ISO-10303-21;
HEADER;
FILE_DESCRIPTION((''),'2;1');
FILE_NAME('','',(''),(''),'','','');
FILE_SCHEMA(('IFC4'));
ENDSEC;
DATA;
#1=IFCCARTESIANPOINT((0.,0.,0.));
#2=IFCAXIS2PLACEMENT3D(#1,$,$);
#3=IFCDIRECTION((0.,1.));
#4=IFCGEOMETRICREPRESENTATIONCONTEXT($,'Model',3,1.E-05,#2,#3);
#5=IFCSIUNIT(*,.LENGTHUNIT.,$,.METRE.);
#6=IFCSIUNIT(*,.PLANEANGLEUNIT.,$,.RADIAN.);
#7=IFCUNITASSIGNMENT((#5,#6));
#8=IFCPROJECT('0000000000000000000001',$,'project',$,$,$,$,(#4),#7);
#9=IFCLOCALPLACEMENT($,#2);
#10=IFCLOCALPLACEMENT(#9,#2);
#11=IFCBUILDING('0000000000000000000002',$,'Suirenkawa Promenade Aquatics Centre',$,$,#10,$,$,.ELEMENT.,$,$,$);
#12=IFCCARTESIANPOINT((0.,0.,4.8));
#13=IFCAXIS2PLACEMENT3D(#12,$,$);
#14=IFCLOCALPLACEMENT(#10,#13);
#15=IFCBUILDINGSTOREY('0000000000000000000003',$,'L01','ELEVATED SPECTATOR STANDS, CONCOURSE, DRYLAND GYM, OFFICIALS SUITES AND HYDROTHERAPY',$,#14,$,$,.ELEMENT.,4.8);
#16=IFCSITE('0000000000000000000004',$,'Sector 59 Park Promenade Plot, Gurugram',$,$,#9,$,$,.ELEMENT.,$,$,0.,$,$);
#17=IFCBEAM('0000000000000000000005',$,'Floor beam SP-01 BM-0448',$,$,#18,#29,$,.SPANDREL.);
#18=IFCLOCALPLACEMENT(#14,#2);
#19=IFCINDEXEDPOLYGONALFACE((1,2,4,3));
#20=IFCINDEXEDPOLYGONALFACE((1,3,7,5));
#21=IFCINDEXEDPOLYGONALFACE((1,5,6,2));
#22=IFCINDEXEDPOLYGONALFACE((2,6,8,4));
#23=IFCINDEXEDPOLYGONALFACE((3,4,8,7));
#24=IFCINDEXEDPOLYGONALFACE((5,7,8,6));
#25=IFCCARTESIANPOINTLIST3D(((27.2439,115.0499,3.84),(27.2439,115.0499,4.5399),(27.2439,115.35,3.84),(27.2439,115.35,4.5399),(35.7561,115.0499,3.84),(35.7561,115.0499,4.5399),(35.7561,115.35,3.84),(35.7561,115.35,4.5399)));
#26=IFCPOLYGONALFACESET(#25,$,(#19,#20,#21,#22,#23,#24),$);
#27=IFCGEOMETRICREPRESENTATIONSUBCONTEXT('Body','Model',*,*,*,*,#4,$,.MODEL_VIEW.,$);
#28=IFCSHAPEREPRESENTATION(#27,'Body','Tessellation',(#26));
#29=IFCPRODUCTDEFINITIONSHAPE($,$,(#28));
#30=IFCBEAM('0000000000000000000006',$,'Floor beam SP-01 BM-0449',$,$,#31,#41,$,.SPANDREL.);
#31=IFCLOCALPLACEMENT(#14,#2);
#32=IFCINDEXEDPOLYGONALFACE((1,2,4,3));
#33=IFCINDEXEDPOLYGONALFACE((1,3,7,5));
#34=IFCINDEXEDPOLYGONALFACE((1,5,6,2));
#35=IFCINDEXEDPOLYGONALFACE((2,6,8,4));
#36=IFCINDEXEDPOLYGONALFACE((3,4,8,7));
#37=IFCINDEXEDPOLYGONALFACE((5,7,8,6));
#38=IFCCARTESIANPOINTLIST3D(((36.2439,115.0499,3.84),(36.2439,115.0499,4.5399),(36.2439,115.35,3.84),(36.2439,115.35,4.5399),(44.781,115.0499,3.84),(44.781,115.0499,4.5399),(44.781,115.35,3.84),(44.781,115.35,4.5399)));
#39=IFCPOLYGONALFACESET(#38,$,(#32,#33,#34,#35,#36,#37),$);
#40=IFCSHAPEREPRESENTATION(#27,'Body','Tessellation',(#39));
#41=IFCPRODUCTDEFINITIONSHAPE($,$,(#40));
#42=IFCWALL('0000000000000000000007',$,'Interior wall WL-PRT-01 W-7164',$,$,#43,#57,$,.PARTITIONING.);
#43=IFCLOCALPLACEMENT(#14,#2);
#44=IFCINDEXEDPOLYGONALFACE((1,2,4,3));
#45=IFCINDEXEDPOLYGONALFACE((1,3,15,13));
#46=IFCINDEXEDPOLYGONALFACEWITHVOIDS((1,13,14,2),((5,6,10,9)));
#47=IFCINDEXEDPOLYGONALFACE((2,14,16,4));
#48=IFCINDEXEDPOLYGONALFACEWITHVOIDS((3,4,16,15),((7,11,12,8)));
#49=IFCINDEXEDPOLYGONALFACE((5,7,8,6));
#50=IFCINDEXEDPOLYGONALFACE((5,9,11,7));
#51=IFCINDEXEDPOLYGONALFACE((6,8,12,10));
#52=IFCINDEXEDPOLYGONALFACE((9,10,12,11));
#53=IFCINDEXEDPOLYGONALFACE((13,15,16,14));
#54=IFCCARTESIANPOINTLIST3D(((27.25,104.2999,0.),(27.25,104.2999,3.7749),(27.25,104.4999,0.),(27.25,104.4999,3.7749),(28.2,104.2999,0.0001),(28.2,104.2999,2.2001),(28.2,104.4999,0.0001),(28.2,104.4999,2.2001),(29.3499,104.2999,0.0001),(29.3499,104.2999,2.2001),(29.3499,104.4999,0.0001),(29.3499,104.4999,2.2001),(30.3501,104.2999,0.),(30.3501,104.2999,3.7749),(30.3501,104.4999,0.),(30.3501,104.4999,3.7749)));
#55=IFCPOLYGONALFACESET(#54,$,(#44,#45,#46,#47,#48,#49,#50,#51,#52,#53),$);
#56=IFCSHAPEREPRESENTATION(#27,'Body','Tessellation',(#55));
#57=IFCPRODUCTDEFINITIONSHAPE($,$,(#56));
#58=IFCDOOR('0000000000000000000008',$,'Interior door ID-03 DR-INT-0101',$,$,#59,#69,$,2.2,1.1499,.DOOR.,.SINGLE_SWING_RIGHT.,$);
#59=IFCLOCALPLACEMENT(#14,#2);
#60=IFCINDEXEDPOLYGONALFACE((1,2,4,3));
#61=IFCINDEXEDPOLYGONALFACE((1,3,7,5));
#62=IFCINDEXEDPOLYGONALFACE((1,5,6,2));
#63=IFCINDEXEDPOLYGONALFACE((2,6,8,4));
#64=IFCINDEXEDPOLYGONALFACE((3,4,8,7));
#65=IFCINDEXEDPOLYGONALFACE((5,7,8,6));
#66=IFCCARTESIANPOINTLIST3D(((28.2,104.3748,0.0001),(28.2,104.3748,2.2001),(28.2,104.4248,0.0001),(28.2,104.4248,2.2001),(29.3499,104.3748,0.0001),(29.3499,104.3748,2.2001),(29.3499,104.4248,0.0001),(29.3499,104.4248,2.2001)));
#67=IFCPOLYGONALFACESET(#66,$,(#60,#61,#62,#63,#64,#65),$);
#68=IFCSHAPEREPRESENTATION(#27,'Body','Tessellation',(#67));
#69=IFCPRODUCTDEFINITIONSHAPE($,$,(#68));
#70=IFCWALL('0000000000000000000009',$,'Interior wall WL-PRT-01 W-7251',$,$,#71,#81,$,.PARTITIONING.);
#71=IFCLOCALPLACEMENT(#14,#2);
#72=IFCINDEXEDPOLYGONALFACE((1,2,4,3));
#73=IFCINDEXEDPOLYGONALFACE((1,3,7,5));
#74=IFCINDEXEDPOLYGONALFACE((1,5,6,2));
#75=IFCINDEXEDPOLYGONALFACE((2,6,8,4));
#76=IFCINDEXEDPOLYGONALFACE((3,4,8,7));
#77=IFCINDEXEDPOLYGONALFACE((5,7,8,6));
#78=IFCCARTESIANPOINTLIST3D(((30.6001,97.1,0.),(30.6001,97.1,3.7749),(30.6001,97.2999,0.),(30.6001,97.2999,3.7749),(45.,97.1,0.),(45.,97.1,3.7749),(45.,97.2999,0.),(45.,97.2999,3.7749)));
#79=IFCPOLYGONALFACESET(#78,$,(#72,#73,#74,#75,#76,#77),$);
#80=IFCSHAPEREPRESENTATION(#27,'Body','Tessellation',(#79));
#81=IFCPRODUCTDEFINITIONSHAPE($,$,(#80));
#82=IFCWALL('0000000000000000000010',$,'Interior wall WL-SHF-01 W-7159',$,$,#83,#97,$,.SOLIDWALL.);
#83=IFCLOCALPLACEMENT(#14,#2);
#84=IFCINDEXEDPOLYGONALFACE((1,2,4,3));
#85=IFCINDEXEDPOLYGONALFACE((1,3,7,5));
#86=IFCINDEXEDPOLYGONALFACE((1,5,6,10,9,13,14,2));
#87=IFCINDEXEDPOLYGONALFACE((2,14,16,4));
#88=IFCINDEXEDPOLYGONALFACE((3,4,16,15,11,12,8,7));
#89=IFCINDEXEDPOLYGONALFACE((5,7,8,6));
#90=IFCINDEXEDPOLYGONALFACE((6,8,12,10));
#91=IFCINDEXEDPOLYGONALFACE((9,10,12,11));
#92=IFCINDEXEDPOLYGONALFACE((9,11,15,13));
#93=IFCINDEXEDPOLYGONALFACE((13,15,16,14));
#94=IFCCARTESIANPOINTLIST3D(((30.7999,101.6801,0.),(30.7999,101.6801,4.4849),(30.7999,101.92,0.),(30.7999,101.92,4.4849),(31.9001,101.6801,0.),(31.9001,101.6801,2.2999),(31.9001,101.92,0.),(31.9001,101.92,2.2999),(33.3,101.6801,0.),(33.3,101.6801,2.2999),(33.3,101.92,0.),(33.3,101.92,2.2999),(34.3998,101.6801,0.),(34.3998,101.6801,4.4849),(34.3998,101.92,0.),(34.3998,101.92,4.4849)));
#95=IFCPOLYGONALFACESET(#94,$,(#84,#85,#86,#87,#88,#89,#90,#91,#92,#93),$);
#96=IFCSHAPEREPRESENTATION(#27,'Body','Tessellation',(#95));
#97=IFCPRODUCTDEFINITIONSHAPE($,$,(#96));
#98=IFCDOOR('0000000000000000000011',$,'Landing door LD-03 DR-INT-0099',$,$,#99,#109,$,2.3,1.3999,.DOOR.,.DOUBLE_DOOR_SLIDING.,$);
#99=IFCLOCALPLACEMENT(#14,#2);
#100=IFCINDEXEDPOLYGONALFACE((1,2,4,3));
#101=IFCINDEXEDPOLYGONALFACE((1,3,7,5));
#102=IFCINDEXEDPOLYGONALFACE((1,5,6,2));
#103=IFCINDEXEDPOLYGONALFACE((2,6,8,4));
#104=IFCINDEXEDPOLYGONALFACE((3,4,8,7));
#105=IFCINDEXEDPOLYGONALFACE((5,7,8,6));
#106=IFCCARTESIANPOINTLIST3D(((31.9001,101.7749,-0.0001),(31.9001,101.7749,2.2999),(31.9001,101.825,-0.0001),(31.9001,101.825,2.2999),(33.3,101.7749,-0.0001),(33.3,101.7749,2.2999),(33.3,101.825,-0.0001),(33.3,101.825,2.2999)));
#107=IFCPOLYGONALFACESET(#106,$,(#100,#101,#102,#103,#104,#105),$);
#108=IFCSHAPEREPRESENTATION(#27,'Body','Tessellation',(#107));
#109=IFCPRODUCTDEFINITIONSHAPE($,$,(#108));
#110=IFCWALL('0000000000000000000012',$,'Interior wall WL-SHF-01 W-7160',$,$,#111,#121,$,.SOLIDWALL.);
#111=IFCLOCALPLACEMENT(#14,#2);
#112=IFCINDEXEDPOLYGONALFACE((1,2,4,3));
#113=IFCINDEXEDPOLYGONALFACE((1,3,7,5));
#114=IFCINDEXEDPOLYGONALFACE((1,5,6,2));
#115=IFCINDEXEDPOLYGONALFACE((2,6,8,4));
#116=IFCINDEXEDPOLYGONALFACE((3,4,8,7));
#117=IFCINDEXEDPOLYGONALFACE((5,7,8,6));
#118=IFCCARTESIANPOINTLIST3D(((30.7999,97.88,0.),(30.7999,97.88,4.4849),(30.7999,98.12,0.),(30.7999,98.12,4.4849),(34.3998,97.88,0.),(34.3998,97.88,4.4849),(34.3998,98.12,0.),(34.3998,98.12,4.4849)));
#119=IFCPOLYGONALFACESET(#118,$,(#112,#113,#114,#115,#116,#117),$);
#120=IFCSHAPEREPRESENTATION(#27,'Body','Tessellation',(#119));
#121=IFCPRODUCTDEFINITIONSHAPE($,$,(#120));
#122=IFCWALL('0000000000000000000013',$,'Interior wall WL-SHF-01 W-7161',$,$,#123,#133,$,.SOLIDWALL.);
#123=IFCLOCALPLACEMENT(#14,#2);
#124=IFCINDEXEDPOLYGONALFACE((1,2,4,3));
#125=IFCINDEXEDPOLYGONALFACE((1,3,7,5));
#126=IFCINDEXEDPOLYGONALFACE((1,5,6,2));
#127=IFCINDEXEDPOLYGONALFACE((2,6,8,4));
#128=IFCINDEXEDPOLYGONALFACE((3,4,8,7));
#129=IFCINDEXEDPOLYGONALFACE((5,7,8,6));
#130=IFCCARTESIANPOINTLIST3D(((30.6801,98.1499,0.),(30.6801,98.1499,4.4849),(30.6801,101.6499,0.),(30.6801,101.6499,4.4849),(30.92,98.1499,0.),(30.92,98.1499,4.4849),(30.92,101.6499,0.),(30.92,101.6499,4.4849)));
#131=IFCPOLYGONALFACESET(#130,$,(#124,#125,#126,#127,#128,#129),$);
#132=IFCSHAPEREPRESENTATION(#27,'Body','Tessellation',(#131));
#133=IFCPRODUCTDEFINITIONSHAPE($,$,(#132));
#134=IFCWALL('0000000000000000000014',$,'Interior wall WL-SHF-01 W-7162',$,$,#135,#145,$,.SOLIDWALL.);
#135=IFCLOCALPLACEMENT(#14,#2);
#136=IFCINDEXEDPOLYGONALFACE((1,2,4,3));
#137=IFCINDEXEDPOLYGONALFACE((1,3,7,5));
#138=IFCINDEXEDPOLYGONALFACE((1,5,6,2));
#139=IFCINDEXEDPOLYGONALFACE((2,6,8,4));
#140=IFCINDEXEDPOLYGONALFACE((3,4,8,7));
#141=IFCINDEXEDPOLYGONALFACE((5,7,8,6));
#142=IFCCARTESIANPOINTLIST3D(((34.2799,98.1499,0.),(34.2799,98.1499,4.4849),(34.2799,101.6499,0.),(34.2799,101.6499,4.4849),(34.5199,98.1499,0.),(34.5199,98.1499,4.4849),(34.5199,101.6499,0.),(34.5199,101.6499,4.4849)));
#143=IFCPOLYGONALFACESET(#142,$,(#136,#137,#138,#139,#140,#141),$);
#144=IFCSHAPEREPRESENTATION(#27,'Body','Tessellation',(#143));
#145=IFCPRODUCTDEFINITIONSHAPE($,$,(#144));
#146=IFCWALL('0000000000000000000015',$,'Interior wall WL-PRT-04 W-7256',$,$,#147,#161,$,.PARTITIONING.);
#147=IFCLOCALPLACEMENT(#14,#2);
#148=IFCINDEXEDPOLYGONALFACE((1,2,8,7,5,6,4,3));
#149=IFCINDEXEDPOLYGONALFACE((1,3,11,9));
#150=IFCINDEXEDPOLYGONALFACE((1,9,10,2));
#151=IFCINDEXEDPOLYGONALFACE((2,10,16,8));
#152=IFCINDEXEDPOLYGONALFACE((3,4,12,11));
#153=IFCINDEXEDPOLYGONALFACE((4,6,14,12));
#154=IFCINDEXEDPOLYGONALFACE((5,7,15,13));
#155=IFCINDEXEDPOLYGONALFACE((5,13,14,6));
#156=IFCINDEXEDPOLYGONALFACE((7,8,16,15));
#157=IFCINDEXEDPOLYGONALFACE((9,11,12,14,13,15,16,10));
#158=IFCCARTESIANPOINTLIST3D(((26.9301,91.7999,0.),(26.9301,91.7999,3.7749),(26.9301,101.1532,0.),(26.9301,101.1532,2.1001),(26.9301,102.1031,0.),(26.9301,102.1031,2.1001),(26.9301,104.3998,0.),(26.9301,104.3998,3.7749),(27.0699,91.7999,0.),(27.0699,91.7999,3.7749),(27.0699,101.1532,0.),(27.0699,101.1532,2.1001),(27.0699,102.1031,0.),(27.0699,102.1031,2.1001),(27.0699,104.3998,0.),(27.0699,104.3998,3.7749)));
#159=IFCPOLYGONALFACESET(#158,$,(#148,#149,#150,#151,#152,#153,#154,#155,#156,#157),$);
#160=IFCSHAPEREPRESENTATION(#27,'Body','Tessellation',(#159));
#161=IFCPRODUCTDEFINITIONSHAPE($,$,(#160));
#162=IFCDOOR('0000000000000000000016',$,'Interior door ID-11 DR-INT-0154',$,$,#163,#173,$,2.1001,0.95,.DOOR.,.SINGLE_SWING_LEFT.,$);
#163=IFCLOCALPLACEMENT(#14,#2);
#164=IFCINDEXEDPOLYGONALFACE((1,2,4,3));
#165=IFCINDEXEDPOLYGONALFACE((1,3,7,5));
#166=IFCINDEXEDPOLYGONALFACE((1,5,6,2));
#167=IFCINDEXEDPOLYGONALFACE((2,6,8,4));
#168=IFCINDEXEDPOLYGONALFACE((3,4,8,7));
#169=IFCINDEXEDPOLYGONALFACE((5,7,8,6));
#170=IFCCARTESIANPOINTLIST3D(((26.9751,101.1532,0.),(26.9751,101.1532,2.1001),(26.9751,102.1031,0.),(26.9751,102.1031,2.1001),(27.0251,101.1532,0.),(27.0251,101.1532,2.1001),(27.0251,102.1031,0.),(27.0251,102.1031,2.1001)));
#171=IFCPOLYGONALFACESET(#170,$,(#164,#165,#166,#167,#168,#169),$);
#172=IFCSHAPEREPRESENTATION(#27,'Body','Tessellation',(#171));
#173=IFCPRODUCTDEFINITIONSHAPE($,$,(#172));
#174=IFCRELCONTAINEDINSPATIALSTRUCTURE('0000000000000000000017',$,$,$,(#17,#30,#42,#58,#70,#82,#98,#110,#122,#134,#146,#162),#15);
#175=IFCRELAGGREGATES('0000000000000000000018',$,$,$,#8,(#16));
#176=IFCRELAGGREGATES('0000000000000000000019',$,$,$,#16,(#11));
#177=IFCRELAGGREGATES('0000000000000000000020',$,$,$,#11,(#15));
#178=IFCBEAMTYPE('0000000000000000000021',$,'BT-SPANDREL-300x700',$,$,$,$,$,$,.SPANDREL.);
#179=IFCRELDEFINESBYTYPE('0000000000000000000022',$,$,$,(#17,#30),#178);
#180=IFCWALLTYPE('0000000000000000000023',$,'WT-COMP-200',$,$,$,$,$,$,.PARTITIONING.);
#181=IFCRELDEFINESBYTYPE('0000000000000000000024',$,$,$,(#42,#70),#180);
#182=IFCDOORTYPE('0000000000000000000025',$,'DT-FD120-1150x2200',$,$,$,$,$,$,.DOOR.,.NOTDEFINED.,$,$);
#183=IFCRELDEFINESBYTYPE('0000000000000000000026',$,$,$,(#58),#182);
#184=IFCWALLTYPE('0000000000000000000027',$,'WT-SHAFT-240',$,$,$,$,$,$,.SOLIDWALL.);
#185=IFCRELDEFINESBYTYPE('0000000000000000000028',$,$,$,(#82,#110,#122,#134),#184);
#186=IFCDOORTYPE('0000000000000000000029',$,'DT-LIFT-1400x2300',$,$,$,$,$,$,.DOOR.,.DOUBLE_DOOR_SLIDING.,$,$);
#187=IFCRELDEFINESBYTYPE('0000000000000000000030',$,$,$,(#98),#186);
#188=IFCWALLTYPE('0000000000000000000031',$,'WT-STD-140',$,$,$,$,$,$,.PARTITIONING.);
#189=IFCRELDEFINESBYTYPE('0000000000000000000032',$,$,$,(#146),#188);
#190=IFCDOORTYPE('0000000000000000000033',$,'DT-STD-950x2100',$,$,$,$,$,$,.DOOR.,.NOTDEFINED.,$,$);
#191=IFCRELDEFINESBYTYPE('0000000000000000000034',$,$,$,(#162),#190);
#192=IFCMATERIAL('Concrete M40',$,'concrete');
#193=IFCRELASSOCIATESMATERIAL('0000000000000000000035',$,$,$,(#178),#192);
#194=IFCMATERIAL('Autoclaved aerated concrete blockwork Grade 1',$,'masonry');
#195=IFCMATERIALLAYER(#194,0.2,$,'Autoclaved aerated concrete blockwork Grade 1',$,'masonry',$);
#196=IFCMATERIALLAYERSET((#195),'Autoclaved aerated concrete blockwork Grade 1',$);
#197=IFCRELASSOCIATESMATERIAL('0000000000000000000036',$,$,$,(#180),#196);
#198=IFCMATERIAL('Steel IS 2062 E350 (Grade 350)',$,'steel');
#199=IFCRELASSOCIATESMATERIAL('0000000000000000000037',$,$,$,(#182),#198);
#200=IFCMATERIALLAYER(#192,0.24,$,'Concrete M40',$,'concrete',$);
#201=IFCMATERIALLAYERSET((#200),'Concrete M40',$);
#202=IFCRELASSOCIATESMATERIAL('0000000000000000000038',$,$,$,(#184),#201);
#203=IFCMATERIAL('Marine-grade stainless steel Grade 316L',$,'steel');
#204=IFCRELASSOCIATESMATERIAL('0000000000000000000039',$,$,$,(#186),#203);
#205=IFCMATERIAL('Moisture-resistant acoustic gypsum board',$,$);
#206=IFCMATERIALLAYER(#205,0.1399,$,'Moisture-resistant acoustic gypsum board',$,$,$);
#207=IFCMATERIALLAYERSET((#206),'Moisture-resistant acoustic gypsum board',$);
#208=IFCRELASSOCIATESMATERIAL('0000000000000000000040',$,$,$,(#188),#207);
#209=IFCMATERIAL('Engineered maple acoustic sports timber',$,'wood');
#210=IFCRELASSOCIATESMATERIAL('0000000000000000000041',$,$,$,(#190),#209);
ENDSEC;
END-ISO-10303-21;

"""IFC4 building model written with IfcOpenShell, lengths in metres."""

from ifc_helpers import new_model, si_unit, direction, frame, frame_2d, origin, origin_2d, place, context, subcontext, project, spatial, rectangle, extrude, material, layer, layer_set, material_profile, profile_set, type_object, element, fill, save


model = new_model("IFC4")

# Units and contexts
model_context = context("Model", 3, precision=1e-05, world=origin(), true_north=direction((0.0, 1.0)))
body_context = subcontext(model_context, "Body", "Model", "MODEL_VIEW")
ifc_project = project(units=[si_unit("LENGTHUNIT", "METRE"), si_unit("PLANEANGLEUNIT", "RADIAN")], contexts=[model_context])

# Site, building, storey
site_placement = place(None, origin())
site = spatial("IfcSite", under=ifc_project, at=site_placement, Name="Sector 59 Park Promenade Plot, Gurugram", CompositionType="ELEMENT", RefElevation=0.0)
building_placement = place(site_placement, origin())
building = spatial("IfcBuilding", under=site, at=building_placement, Name="Suirenkawa Promenade Aquatics Centre", CompositionType="ELEMENT")
storey_placement = place(building_placement, frame((0.0, 0.0, 4.8)))
storey = spatial("IfcBuildingStorey", under=building, at=storey_placement, Name="L01", Description="ELEVATED SPECTATOR STANDS, CONCOURSE, DRYLAND GYM, OFFICIALS SUITES AND HYDROTHERAPY", CompositionType="ELEMENT", Elevation=4.8)

# Shared definitions
ifc_material_1 = material(Name="Concrete M40", Category="concrete")

# Beams
ifc_material_2 = material(Name="Steel IS 2062 E350 (Grade 350)", Category="steel")
ifc_material_profile_1 = material_profile(ifc_material_1, rectangle(XDim=0.3, YDim=0.7, at=origin_2d()), Name="RC SPANDREL 300x700", Category="concrete")
ifc_profile_set_1 = profile_set([ifc_material_profile_1], Name="Concrete M40")
beam_type_1 = type_object("IfcBeamType", Name="BT-SPANDREL-300x700", PredefinedType="SPANDREL", material=ifc_profile_set_1)
for number, where, z_axis, x_axis, name in (
    (1, (27.2439, 115.2, 4.1899), (1.0, 0.0, 0.0), (0.0, 1.0, 0.0), "Floor beam SP-01 BM-0448"),
):
    element("IfcBeam", number, at=place(storey_placement, frame(where, z_axis=z_axis, x_axis=x_axis)), inside=storey, type_object=beam_type_1, Name=name, PredefinedType="SPANDREL", context=body_context, shape_type="SweptSolid", body=[
        extrude(rectangle(XDim=0.3, YDim=0.7, at=origin_2d()), origin(), (0.0, 0.0, 1.0), 8.5122),
    ])
beam_1_placement = place(storey_placement, frame((36.2439, 115.2, 4.1899), z_axis=(1.0, 0.0, 0.0), x_axis=(0.0, 1.0, 0.0)))
element("IfcBeam", 2, at=beam_1_placement, inside=storey, type_object=beam_type_1, Name="Floor beam SP-01 BM-0449", PredefinedType="SPANDREL", context=body_context, shape_type="SweptSolid", body=[
    extrude(rectangle(XDim=0.3, YDim=0.7, at=origin_2d()), origin(), (0.0, 0.0, 1.0), 8.5371),
])

# Wall, opening, door
ifc_material_3 = material(Name="Autoclaved aerated concrete blockwork Grade 1", Category="masonry")
ifc_layer_1 = layer(ifc_material_3, 0.2, Name="Autoclaved aerated concrete blockwork Grade 1", Category="masonry")
ifc_layer_set_1 = layer_set([ifc_layer_1], Name="Autoclaved aerated concrete blockwork Grade 1")
wall_type_1 = type_object("IfcWallType", Name="WT-COMP-200", PredefinedType="PARTITIONING", material=ifc_layer_set_1)
wall_1_placement = place(storey_placement, frame((27.25, 104.3999, 0.0), z_axis=(0.0, 0.0, 1.0), x_axis=(1.0, 0.0, 0.0)))
wall_1 = element("IfcWall", 3, at=wall_1_placement, inside=storey, type_object=wall_type_1, Name="Interior wall WL-PRT-01 W-7164", PredefinedType="PARTITIONING", context=body_context, shape_type="SweptSolid", body=[
    extrude(rectangle(XDim=3.1001, YDim=0.2, at=frame_2d((1.55, 0.0))), origin(), (0.0, 0.0, 1.0), 3.7749),
])
opening_1_placement = place(wall_1_placement, frame((0.95, 0.0, 0.0)))
opening_1 = element("IfcOpeningElement", 4, at=opening_1_placement, cuts=wall_1, PredefinedType="OPENING", context=body_context, shape_type="SweptSolid", body=[
    extrude(rectangle(XDim=1.1499, YDim=2.2, at=frame_2d((0.575, 1.1001))), frame((0.0, 0.1099, 0.0), z_axis=(0.0, -1.0, 0.0), x_axis=(1.0, 0.0, 0.0)), (0.0, 0.0, 1.0), 0.22),
])
door_type_1 = type_object("IfcDoorType", Name="DT-FD120-1150x2200", OperationType="NOTDEFINED", PredefinedType="DOOR", material=ifc_material_2)
door_1_placement = place(opening_1_placement, origin())
door_1 = element("IfcDoor", 5, at=door_1_placement, inside=storey, type_object=door_type_1, Name="Interior door ID-03 DR-INT-0101", OperationType="SINGLE_SWING_RIGHT", OverallHeight=2.2, OverallWidth=1.1499, PredefinedType="DOOR", context=body_context, shape_type="SweptSolid", body=[
    extrude(rectangle(XDim=1.1499, YDim=2.2, at=frame_2d((0.575, 1.1001))), frame((0.0, 0.0249, 0.0), z_axis=(0.0, -1.0, 0.0), x_axis=(1.0, 0.0, 0.0)), (0.0, 0.0, 1.0), 0.05),
])
fill(opening_1, door_1)

# Wall
wall_2_placement = place(storey_placement, frame((30.6001, 97.2, 0.0), z_axis=(0.0, 0.0, 1.0), x_axis=(1.0, 0.0, 0.0)))
element("IfcWall", 6, at=wall_2_placement, inside=storey, type_object=wall_type_1, Name="Interior wall WL-PRT-01 W-7251", PredefinedType="PARTITIONING", context=body_context, shape_type="SweptSolid", body=[
    extrude(rectangle(XDim=14.3999, YDim=0.2, at=frame_2d((7.2, 0.0))), origin(), (0.0, 0.0, 1.0), 3.7749),
])

# Wall, opening, door
ifc_layer_2 = layer(ifc_material_1, 0.24, Name="Concrete M40", Category="concrete")
ifc_layer_set_2 = layer_set([ifc_layer_2], Name="Concrete M40")
wall_type_2 = type_object("IfcWallType", Name="WT-SHAFT-240", PredefinedType="SOLIDWALL", material=ifc_layer_set_2)
wall_3_placement = place(storey_placement, frame((30.8, 101.8, 0.0), z_axis=(0.0, 0.0, 1.0), x_axis=(1.0, 0.0, 0.0)))
wall_3 = element("IfcWall", 7, at=wall_3_placement, inside=storey, type_object=wall_type_2, Name="Interior wall WL-SHF-01 W-7159", PredefinedType="SOLIDWALL", context=body_context, shape_type="SweptSolid", body=[
    extrude(rectangle(XDim=3.5999, YDim=0.24, at=frame_2d((1.7998, 0.0))), origin(), (0.0, 0.0, 1.0), 4.4849),
])
opening_2_placement = place(wall_3_placement, frame((1.1001, 0.0, 0.0)))
opening_2 = element("IfcOpeningElement", 8, at=opening_2_placement, cuts=wall_3, PredefinedType="OPENING", context=body_context, shape_type="SweptSolid", body=[
    extrude(rectangle(XDim=1.3999, YDim=2.3, at=frame_2d((0.7, 1.1499))), frame((0.0, 0.1299, 0.0), z_axis=(0.0, -1.0, 0.0), x_axis=(1.0, 0.0, 0.0)), (0.0, 0.0, 1.0), 0.26),
])
ifc_material_4 = material(Name="Marine-grade stainless steel Grade 316L", Category="steel")
door_type_2 = type_object("IfcDoorType", Name="DT-LIFT-1400x2300", OperationType="DOUBLE_DOOR_SLIDING", PredefinedType="DOOR", material=ifc_material_4)
door_2_placement = place(opening_2_placement, origin())
door_2 = element("IfcDoor", 9, at=door_2_placement, inside=storey, type_object=door_type_2, Name="Landing door LD-03 DR-INT-0099", OperationType="DOUBLE_DOOR_SLIDING", OverallHeight=2.3, OverallWidth=1.3999, PredefinedType="DOOR", context=body_context, shape_type="SweptSolid", body=[
    extrude(rectangle(XDim=1.3999, YDim=2.3, at=frame_2d((0.7, 1.1499))), frame((0.0, 0.0249, 0.0), z_axis=(0.0, -1.0, 0.0), x_axis=(1.0, 0.0, 0.0)), (0.0, 0.0, 1.0), 0.05),
])
fill(opening_2, door_2)

# Walls
wall_4_placement = place(storey_placement, frame((30.8, 98.0, 0.0), z_axis=(0.0, 0.0, 1.0), x_axis=(1.0, 0.0, 0.0)))
element("IfcWall", 10, at=wall_4_placement, inside=storey, type_object=wall_type_2, Name="Interior wall WL-SHF-01 W-7160", PredefinedType="SOLIDWALL", context=body_context, shape_type="SweptSolid", body=[
    extrude(rectangle(XDim=3.5999, YDim=0.24, at=frame_2d((1.7998, 0.0))), origin(), (0.0, 0.0, 1.0), 4.4849),
])
for number, where, z_axis, x_axis, name in (
    (11, (30.8, 98.1499, 0.0), (0.0, 0.0, 1.0), (0.0, 1.0, 0.0), "Interior wall WL-SHF-01 W-7161"),
    (12, (34.3999, 98.1499, 0.0), (0.0, 0.0, 1.0), (0.0, 1.0, 0.0), "Interior wall WL-SHF-01 W-7162"),
):
    element("IfcWall", number, at=place(storey_placement, frame(where, z_axis=z_axis, x_axis=x_axis)), inside=storey, type_object=wall_type_2, Name=name, PredefinedType="SOLIDWALL", context=body_context, shape_type="SweptSolid", body=[
        extrude(rectangle(XDim=3.5, YDim=0.24, at=frame_2d((1.75, 0.0))), origin(), (0.0, 0.0, 1.0), 4.4849),
    ])

# Wall, opening, door
ifc_material_5 = material(Name="Moisture-resistant acoustic gypsum board")
ifc_layer_3 = layer(ifc_material_5, 0.1399, Name="Moisture-resistant acoustic gypsum board")
ifc_layer_set_3 = layer_set([ifc_layer_3], Name="Moisture-resistant acoustic gypsum board")
wall_type_3 = type_object("IfcWallType", Name="WT-STD-140", PredefinedType="PARTITIONING", material=ifc_layer_set_3)
wall_5_placement = place(storey_placement, frame((27.0, 91.8, 0.0), z_axis=(0.0, 0.0, 1.0), x_axis=(0.0, 1.0, 0.0)))
wall_5 = element("IfcWall", 13, at=wall_5_placement, inside=storey, type_object=wall_type_3, Name="Interior wall WL-PRT-04 W-7256", PredefinedType="PARTITIONING", context=body_context, shape_type="SweptSolid", body=[
    extrude(rectangle(XDim=12.5999, YDim=0.1399, at=frame_2d((6.2998, 0.0))), origin(), (0.0, 0.0, 1.0), 3.7749),
])
opening_3_placement = place(wall_5_placement, frame((9.353, 0.0, 0.0)))
opening_3 = element("IfcOpeningElement", 14, at=opening_3_placement, cuts=wall_5, PredefinedType="OPENING", context=body_context, shape_type="SweptSolid", body=[
    extrude(rectangle(XDim=0.95, YDim=2.1001, at=frame_2d((0.4751, 1.05))), frame((0.0, 0.0798, 0.0), z_axis=(0.0, -1.0, 0.0), x_axis=(1.0, 0.0, 0.0)), (0.0, 0.0, 1.0), 0.1599),
])
ifc_material_6 = material(Name="Engineered maple acoustic sports timber", Category="wood")
door_type_3 = type_object("IfcDoorType", Name="DT-STD-950x2100", OperationType="NOTDEFINED", PredefinedType="DOOR", material=ifc_material_6)
door_3_placement = place(opening_3_placement, origin())
door_3 = element("IfcDoor", 15, at=door_3_placement, inside=storey, type_object=door_type_3, Name="Interior door ID-11 DR-INT-0154", OperationType="SINGLE_SWING_LEFT", OverallHeight=2.1001, OverallWidth=0.95, PredefinedType="DOOR", context=body_context, shape_type="SweptSolid", body=[
    extrude(rectangle(XDim=0.95, YDim=2.1001, at=frame_2d((0.4751, 1.05))), frame((0.0, 0.0249, 0.0), z_axis=(0.0, -1.0, 0.0), x_axis=(1.0, 0.0, 0.0)), (0.0, 0.0, 1.0), 0.05),
])
fill(opening_3, door_3)

save(model, "model.ifc")
